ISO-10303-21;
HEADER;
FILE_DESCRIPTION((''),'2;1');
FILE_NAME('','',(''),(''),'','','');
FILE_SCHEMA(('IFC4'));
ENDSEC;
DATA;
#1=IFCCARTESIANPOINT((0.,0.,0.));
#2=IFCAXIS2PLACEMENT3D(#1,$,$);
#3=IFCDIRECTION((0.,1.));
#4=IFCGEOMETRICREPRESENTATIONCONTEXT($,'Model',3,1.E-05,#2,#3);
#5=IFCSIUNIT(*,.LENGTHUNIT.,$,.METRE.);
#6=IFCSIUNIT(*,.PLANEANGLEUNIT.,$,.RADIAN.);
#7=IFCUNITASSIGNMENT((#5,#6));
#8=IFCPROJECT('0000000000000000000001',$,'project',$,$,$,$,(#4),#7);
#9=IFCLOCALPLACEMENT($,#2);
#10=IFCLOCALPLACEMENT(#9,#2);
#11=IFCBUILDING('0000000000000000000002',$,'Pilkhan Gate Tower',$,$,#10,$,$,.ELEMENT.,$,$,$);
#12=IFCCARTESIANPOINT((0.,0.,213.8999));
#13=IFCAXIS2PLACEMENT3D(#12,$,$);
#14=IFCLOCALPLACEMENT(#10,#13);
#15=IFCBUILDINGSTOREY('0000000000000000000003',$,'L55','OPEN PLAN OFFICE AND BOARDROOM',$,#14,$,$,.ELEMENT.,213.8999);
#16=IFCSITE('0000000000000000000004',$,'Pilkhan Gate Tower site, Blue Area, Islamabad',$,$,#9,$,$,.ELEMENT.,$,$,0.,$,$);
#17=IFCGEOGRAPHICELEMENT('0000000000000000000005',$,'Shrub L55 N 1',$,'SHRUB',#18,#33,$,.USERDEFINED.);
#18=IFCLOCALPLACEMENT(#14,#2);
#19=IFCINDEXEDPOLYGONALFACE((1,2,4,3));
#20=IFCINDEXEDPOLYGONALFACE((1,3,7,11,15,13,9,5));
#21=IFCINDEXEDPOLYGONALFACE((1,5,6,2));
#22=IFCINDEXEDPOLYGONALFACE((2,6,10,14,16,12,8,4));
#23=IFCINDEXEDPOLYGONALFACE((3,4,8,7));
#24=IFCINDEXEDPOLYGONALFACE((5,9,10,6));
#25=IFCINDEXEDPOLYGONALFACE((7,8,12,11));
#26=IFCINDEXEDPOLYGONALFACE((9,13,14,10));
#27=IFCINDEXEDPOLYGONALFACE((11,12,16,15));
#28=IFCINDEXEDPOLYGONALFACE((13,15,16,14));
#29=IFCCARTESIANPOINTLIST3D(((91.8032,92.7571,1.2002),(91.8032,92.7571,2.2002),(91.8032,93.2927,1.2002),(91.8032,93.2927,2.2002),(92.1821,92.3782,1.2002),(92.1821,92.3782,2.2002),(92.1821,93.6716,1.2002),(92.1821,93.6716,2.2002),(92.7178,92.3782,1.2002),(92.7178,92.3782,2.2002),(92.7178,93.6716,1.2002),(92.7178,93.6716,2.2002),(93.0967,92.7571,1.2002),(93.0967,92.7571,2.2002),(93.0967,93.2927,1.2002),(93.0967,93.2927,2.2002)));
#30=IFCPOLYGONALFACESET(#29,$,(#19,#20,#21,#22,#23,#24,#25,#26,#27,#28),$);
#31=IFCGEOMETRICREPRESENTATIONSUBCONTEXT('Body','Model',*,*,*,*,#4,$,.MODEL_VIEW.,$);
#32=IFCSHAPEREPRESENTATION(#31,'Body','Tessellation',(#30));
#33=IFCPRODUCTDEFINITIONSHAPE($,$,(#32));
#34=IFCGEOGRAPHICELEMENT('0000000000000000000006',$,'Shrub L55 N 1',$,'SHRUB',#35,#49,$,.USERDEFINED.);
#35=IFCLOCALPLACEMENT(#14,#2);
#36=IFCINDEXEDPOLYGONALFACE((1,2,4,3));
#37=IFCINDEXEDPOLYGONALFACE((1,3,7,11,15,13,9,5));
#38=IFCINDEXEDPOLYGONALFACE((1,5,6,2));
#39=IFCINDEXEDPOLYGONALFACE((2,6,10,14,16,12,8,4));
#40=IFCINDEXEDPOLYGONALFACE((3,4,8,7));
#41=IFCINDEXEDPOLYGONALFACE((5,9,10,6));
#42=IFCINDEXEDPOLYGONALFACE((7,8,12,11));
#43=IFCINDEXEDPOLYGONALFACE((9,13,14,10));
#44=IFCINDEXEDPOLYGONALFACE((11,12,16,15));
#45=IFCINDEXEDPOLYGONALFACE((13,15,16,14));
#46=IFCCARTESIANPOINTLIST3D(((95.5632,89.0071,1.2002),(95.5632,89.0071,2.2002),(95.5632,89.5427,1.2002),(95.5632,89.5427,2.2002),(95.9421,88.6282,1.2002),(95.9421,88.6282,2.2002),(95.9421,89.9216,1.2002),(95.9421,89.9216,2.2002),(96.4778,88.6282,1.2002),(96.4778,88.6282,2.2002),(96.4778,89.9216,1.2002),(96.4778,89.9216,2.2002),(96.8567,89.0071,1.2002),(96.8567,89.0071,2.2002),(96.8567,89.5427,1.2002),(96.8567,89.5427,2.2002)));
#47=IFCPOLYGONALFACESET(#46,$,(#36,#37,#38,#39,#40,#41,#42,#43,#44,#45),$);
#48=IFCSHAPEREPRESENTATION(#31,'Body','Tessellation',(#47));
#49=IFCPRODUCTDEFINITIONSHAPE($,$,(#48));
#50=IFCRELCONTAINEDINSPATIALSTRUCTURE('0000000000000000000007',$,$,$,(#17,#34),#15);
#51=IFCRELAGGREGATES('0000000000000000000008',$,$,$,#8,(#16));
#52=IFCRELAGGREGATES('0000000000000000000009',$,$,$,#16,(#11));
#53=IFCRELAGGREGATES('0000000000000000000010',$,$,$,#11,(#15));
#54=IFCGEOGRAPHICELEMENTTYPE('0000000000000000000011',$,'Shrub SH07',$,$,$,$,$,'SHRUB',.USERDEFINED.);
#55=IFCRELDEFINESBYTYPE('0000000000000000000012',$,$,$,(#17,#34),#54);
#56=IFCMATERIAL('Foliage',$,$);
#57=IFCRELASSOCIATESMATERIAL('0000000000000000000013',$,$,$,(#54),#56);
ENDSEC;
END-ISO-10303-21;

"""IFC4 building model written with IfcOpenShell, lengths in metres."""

from ifc_helpers import new_model, si_unit, direction, frame, origin, place, context, subcontext, project, spatial, polyline, outline, extrude, material, material_profile, profile_set, type_object, element, save


model = new_model("IFC4")

# Units and contexts
model_context = context("Model", 3, precision=1e-05, world=origin(), true_north=direction((0.0, 1.0)))
body_context = subcontext(model_context, "Body", "Model", "MODEL_VIEW")
ifc_project = project(units=[si_unit("LENGTHUNIT", "METRE"), si_unit("PLANEANGLEUNIT", "RADIAN")], contexts=[model_context])

# Site, building, storey
site_placement = place(None, origin())
site = spatial("IfcSite", under=ifc_project, at=site_placement, Name="Pilkhan Gate Tower site, Blue Area, Islamabad", CompositionType="ELEMENT", RefElevation=0.0)
building_placement = place(site_placement, origin())
building = spatial("IfcBuilding", under=site, at=building_placement, Name="Pilkhan Gate Tower", CompositionType="ELEMENT")
storey_placement = place(building_placement, frame((0.0, 0.0, 213.8999)))
storey = spatial("IfcBuildingStorey", under=building, at=storey_placement, Name="L55", Description="OPEN PLAN OFFICE AND BOARDROOM", CompositionType="ELEMENT", Elevation=213.8999)

# Geographic elements
ifc_material_1 = material(Name="Foliage")
ifc_material_profile_1 = material_profile(ifc_material_1, outline(polyline([(0.6467, 0.2678), (0.2678, 0.6467), (-0.2678, 0.6467), (-0.6467, 0.2678), (-0.6467, -0.2678), (-0.2678, -0.6467), (0.2678, -0.6467), (0.6467, -0.2678), (0.6467, 0.2678)])), Name="Shrub D1.4")
ifc_profile_set_1 = profile_set([ifc_material_profile_1], Name="Foliage")
geographic_element_type_1 = type_object("IfcGeographicElementType", Name="Shrub SH07", ElementType="SHRUB", PredefinedType="USERDEFINED", material=ifc_profile_set_1)
for number, where, z_axis, x_axis, name in (
    (1, (92.45, 93.0249, 1.2002), (0.0, 0.0, 1.0), (1.0, 0.0, 0.0), "Shrub L55 N 1"),
    (2, (96.21, 89.2749, 1.2002), (0.0, 0.0, 1.0), (1.0, 0.0, 0.0), "Shrub L55 N 1"),
):
    element("IfcGeographicElement", number, at=place(storey_placement, frame(where, z_axis=z_axis, x_axis=x_axis)), inside=storey, type_object=geographic_element_type_1, Name=name, ObjectType="SHRUB", PredefinedType="USERDEFINED", context=body_context, shape_type="SweptSolid", body=[
        extrude(outline(polyline([(0.6467, 0.2678), (0.2678, 0.6467), (-0.2678, 0.6467), (-0.6467, 0.2678), (-0.6467, -0.2678), (-0.2678, -0.6467), (0.2678, -0.6467), (0.6467, -0.2678), (0.6467, 0.2678)])), origin(), (0.0, 0.0, 1.0), 1.0),
    ])

save(model, "model.ifc")
